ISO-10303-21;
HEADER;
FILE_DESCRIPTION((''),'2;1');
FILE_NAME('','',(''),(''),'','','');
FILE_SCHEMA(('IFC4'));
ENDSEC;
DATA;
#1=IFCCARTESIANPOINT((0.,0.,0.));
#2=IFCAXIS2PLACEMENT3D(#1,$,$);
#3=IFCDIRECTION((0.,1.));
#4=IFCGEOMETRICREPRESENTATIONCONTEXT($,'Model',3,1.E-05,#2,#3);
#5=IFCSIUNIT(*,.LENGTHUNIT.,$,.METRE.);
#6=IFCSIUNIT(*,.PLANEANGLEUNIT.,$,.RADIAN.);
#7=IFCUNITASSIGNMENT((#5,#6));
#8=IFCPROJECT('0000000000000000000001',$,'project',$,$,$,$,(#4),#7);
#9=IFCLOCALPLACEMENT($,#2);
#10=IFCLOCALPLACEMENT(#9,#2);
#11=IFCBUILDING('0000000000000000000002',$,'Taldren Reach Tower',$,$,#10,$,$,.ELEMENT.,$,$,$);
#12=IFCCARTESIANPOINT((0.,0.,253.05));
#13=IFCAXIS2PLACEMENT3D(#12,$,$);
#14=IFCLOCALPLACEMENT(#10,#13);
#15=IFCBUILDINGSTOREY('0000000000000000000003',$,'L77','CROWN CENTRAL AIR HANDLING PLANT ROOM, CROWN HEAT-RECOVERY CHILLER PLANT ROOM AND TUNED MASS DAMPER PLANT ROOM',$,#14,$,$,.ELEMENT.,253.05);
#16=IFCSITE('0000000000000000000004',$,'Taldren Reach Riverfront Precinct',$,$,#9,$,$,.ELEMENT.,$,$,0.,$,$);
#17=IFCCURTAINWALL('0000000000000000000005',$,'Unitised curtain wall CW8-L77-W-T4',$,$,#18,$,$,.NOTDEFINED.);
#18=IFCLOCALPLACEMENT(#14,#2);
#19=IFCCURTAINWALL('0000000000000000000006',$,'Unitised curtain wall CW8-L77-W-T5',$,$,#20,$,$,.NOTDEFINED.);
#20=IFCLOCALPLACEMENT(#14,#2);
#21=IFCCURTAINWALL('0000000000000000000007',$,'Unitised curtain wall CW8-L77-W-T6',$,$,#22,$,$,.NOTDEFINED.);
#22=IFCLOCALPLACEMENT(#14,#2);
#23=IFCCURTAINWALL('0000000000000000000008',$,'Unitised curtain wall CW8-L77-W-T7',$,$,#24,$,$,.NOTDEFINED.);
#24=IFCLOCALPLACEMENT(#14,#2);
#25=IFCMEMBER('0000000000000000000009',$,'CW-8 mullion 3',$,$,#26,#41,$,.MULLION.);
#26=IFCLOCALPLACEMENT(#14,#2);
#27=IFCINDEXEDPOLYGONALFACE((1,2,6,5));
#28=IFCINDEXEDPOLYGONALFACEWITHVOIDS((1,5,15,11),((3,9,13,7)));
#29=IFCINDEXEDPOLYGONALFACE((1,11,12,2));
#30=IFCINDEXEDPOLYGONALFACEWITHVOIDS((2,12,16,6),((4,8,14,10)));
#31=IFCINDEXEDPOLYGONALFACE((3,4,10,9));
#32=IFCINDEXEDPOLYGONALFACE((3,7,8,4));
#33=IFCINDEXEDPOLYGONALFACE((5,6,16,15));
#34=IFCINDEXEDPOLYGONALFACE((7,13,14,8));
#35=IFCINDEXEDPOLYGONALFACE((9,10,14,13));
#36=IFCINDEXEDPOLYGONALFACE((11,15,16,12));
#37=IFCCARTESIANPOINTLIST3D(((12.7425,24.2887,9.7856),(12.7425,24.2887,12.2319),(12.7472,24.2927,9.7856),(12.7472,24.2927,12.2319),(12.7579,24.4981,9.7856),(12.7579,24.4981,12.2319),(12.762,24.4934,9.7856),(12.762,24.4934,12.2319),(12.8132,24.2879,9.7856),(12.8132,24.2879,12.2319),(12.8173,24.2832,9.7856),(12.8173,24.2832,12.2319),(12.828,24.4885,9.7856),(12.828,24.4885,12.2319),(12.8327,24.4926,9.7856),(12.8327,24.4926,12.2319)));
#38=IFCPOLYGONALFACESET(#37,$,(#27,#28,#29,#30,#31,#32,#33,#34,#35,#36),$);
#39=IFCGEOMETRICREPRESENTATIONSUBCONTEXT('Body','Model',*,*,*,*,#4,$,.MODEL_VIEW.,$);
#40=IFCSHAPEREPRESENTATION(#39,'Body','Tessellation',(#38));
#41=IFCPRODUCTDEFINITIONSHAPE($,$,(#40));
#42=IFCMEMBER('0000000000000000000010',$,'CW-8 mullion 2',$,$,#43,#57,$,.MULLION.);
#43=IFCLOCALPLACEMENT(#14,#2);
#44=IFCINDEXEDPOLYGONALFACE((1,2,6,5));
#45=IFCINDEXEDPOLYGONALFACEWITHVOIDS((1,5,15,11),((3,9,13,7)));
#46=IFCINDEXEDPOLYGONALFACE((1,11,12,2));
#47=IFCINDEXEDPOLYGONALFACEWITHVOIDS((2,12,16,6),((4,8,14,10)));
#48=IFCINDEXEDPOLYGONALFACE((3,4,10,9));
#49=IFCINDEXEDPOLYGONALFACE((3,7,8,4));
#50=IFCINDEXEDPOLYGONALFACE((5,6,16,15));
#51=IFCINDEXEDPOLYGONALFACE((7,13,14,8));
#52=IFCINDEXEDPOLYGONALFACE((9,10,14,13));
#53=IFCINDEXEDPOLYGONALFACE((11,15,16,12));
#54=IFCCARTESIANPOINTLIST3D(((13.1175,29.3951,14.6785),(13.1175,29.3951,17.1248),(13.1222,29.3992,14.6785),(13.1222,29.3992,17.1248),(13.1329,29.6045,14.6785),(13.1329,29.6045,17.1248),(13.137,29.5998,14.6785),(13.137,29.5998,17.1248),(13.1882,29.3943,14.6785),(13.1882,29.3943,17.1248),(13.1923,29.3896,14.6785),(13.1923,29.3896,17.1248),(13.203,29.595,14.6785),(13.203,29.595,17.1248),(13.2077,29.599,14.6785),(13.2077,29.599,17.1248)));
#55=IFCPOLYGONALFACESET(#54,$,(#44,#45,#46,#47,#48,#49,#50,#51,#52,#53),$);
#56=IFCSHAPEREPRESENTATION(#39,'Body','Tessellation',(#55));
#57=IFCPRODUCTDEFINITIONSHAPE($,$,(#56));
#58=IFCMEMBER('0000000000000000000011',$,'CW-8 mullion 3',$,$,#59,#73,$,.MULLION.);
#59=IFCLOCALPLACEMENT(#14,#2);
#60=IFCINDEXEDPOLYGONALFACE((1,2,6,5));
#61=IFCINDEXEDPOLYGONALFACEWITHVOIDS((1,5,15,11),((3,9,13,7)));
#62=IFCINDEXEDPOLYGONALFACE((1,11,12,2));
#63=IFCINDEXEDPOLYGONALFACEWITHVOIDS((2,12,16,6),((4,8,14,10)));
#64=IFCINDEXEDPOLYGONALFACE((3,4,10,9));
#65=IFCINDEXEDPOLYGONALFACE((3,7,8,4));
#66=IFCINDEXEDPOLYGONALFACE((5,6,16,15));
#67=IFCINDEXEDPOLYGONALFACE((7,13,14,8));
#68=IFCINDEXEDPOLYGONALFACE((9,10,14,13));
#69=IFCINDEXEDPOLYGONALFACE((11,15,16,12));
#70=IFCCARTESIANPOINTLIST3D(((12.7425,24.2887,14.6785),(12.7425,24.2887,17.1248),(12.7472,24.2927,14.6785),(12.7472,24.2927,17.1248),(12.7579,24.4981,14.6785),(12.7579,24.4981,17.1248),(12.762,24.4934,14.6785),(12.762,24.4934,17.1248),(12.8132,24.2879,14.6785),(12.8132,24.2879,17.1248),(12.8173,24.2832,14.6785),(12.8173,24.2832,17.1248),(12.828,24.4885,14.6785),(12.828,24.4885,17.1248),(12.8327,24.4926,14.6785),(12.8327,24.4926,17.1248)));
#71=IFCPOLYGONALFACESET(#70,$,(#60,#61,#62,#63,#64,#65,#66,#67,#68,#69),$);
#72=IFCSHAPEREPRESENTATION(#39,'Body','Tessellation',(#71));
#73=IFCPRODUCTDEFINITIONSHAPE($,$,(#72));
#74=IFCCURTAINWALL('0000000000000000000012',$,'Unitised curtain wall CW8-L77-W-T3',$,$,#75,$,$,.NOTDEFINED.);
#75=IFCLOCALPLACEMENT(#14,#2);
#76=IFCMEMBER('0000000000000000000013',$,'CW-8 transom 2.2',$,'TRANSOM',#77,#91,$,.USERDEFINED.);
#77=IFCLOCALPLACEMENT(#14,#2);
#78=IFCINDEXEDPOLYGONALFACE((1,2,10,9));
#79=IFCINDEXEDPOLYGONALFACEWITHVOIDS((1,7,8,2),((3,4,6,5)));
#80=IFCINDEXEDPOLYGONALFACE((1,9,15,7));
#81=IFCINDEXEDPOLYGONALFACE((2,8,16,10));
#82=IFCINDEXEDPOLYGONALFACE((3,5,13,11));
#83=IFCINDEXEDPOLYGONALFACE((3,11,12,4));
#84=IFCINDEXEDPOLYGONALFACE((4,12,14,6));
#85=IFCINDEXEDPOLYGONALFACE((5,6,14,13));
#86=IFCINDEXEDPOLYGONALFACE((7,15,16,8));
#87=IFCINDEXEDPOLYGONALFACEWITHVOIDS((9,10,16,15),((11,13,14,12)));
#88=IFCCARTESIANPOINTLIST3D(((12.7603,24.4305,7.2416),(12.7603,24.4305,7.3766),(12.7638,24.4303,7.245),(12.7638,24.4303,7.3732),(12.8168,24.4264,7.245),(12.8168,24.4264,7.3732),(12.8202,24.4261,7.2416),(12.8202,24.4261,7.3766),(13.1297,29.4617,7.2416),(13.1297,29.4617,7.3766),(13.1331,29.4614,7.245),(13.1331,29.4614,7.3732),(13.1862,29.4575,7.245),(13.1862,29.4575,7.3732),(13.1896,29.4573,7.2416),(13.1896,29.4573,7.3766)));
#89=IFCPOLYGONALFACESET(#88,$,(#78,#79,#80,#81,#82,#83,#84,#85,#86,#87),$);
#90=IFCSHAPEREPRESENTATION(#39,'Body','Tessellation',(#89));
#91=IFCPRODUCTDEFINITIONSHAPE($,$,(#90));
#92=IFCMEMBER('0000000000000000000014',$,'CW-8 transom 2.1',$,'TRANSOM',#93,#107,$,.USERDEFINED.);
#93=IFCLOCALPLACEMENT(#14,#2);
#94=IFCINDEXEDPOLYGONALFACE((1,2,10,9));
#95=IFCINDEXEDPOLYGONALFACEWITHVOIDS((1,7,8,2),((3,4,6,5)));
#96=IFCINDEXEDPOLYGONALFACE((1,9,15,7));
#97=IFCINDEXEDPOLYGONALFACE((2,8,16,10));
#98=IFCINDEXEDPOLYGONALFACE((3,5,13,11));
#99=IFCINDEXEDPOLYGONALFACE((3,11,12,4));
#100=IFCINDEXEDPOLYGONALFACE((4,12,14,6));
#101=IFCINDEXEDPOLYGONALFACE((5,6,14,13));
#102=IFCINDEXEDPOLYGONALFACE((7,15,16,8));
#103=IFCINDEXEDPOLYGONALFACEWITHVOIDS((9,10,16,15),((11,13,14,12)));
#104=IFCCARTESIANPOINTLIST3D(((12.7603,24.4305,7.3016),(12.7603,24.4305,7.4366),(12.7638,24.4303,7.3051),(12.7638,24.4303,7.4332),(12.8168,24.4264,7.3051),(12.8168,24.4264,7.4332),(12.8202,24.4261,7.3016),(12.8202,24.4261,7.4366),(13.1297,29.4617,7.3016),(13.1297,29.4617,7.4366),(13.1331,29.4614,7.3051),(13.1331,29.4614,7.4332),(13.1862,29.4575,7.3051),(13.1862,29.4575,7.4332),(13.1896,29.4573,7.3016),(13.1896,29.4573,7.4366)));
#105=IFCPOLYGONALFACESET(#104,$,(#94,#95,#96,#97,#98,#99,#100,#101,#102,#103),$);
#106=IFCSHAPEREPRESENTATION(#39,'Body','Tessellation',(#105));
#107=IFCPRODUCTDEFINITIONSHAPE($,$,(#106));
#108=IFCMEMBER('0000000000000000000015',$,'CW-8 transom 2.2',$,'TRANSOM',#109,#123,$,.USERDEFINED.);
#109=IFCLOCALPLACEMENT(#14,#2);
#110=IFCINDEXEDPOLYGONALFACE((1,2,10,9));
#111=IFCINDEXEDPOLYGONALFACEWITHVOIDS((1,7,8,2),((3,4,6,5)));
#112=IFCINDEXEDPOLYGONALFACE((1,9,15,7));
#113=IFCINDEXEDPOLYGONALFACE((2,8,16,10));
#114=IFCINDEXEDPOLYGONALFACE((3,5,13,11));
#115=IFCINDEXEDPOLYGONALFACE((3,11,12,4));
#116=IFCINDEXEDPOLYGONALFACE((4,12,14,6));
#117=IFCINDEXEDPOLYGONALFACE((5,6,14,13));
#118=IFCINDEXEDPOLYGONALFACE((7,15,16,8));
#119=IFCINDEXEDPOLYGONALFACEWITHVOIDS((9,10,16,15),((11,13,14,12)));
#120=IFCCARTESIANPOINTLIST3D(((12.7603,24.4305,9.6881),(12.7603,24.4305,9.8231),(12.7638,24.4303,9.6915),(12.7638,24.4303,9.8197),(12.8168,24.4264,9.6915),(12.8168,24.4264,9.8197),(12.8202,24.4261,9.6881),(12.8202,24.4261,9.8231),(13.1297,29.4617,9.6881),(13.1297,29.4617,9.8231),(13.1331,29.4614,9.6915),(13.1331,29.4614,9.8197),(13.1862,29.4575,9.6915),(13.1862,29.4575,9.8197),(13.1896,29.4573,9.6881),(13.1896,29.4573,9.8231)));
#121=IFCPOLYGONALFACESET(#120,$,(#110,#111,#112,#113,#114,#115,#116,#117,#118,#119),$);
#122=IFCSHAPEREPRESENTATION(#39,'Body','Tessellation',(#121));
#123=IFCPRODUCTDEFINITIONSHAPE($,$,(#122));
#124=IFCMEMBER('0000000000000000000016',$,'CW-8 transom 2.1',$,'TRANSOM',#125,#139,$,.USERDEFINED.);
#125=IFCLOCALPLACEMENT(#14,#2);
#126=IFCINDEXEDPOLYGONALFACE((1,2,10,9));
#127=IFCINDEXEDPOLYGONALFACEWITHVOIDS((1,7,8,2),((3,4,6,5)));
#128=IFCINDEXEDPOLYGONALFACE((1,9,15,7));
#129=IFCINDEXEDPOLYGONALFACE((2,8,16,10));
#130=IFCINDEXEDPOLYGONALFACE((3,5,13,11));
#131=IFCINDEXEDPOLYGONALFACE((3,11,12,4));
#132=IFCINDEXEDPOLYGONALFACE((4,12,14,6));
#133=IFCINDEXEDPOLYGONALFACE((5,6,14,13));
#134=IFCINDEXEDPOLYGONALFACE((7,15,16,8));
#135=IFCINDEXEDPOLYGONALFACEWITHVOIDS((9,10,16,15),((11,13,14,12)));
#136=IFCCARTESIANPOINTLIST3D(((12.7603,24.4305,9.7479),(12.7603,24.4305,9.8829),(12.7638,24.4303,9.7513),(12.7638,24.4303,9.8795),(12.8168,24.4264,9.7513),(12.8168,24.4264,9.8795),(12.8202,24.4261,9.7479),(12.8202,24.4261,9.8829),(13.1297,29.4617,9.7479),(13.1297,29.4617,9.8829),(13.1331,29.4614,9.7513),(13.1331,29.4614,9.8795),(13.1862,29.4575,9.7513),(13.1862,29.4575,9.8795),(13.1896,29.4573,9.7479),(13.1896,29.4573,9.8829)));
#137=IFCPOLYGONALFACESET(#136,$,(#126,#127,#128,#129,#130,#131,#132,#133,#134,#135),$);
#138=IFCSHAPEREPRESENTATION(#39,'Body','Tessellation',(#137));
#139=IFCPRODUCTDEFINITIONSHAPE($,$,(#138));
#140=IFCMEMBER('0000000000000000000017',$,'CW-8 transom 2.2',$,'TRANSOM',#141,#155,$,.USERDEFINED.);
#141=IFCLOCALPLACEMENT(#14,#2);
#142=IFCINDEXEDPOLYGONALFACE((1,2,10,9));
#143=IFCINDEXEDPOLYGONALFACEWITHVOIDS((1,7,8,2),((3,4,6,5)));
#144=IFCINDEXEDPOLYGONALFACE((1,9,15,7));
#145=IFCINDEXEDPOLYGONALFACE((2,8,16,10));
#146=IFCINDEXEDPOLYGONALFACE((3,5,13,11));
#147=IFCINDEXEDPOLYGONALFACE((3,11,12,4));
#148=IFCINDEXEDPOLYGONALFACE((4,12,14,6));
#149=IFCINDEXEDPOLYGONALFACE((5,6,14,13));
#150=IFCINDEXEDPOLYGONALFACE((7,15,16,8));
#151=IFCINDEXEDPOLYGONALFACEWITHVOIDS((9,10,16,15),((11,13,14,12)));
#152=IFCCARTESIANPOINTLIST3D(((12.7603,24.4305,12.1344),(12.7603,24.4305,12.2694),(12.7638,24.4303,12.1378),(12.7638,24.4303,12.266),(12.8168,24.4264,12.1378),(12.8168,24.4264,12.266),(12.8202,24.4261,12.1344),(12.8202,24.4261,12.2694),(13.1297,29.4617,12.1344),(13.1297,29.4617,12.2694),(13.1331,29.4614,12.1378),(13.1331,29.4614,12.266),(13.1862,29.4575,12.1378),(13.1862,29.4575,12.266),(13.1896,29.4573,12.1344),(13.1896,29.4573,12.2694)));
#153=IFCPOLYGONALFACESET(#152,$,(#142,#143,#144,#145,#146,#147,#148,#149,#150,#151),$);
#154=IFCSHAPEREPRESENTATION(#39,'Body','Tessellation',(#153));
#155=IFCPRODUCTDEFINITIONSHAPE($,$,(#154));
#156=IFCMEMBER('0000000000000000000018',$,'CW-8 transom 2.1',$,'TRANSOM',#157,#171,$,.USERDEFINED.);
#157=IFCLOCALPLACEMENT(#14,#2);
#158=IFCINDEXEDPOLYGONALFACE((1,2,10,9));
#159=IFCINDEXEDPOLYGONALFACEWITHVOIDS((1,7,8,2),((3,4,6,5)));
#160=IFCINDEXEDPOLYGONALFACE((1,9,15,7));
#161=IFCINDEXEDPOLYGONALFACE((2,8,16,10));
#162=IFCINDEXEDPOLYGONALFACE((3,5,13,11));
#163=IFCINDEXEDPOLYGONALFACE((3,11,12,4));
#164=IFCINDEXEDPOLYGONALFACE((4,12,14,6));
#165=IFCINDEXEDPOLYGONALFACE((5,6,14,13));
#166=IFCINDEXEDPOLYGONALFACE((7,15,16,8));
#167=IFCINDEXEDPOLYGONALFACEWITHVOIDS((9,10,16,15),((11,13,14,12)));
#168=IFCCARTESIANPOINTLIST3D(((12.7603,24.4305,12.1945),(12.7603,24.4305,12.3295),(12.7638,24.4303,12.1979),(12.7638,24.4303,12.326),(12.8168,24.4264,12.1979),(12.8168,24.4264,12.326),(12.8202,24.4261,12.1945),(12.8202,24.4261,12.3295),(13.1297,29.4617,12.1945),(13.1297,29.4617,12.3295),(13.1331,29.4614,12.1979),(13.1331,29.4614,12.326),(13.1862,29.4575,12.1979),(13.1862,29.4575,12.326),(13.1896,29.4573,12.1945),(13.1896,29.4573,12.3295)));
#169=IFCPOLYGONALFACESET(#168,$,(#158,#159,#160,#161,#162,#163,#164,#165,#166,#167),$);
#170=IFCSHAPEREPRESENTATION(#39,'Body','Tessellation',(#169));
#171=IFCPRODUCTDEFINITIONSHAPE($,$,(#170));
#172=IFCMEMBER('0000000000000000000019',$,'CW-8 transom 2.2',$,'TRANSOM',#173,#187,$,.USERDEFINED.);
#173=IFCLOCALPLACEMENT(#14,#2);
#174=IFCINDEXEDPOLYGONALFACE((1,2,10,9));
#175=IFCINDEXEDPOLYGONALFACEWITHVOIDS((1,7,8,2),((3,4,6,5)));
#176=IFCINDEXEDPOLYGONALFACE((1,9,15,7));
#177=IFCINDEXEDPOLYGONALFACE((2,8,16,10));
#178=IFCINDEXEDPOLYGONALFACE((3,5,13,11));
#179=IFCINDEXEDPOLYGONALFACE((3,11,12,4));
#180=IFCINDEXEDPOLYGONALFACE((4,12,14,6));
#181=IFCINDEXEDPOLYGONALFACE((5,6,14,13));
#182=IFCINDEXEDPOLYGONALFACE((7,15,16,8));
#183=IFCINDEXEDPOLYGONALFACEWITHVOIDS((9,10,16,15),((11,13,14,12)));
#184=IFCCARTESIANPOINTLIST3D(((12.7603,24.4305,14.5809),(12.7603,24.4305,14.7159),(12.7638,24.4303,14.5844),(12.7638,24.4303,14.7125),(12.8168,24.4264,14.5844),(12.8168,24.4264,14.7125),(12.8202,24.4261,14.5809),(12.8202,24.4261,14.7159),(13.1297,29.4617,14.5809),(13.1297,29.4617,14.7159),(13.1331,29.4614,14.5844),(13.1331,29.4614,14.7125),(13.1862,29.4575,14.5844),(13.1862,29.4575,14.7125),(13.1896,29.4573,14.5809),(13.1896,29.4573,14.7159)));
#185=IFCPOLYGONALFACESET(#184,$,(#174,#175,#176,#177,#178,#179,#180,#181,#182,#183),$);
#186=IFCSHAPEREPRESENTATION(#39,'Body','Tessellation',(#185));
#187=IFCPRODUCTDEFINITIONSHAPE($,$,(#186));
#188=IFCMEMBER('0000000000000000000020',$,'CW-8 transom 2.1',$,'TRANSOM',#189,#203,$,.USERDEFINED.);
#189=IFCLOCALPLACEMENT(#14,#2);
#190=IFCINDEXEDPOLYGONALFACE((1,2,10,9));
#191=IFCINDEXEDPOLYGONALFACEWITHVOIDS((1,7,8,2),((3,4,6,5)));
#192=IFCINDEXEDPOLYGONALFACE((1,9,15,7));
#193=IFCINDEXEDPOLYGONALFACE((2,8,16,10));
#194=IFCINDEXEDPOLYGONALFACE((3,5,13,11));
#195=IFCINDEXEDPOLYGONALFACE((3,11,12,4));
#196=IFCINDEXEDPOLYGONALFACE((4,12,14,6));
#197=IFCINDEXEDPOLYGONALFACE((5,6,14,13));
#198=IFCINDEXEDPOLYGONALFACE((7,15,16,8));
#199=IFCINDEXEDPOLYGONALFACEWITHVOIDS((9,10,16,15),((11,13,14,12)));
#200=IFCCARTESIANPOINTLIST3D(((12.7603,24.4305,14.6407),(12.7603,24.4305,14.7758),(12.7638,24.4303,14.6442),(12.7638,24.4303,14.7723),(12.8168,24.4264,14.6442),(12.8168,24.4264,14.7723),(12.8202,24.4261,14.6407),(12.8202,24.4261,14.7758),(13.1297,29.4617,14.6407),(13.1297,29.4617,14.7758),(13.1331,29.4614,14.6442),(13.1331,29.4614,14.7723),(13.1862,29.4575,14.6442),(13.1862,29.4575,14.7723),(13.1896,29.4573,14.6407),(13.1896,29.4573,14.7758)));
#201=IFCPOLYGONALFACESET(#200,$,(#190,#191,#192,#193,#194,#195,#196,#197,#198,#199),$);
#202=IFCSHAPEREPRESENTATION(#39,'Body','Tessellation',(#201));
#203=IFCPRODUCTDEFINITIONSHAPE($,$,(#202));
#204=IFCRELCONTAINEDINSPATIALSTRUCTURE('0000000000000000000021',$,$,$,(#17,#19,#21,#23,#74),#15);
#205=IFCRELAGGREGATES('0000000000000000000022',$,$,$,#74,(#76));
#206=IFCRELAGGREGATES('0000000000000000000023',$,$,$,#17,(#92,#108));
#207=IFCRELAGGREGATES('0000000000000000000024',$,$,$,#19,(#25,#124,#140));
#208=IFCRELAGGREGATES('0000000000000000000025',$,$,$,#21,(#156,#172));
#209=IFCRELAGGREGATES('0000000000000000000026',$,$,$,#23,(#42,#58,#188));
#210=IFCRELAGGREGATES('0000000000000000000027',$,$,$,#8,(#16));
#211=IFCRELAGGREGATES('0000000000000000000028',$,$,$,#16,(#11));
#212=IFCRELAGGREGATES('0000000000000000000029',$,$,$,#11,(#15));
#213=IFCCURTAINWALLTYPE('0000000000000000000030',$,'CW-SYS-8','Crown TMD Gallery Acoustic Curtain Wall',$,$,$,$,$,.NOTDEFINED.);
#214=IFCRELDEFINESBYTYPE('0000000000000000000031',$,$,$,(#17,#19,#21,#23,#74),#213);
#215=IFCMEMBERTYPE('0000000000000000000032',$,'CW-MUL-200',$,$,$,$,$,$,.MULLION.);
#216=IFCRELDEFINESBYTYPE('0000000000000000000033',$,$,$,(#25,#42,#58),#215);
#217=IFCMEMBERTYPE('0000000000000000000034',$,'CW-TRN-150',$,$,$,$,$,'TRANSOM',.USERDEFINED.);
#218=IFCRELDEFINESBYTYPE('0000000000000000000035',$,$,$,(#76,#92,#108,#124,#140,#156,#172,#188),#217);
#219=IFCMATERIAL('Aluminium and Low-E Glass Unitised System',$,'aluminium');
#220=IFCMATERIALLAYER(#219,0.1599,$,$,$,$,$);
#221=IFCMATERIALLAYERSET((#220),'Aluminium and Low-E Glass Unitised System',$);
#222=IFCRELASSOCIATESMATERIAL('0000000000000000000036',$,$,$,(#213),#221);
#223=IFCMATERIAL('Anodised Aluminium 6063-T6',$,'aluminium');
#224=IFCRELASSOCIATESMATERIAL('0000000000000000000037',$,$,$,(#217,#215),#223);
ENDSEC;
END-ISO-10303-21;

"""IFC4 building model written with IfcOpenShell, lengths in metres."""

from ifc_helpers import new_model, si_unit, direction, frame, origin, origin_2d, place, context, subcontext, project, spatial, hollow_rectangle, extrude, source, transform, mapped, material, layer, layer_set, material_profile, profile_set, type_object, element, aggregate, save


model = new_model("IFC4")

# Units and contexts
model_context = context("Model", 3, precision=1e-05, world=origin(), true_north=direction((0.0, 1.0)))
body_context = subcontext(model_context, "Body", "Model", "MODEL_VIEW")
ifc_project = project(units=[si_unit("LENGTHUNIT", "METRE"), si_unit("PLANEANGLEUNIT", "RADIAN")], contexts=[model_context])

# Site, building, storey
site_placement = place(None, origin())
site = spatial("IfcSite", under=ifc_project, at=site_placement, Name="Taldren Reach Riverfront Precinct", CompositionType="ELEMENT", RefElevation=0.0)
building_placement = place(site_placement, origin())
building = spatial("IfcBuilding", under=site, at=building_placement, Name="Taldren Reach Tower", CompositionType="ELEMENT")
storey_placement = place(building_placement, frame((0.0, 0.0, 253.05)))
storey = spatial("IfcBuildingStorey", under=building, at=storey_placement, Name="L77", Description="CROWN CENTRAL AIR HANDLING PLANT ROOM, CROWN HEAT-RECOVERY CHILLER PLANT ROOM AND TUNED MASS DAMPER PLANT ROOM", CompositionType="ELEMENT", Elevation=253.05)

# Curtain walls
ifc_material_1 = material(Name="Aluminium and Low-E Glass Unitised System", Category="aluminium")
ifc_layer_1 = layer(ifc_material_1, 0.1599)
ifc_layer_set_1 = layer_set([ifc_layer_1], Name="Aluminium and Low-E Glass Unitised System")
curtain_wall_type = type_object("IfcCurtainWallType", Name="CW-SYS-8", Description="Crown TMD Gallery Acoustic Curtain Wall", PredefinedType="NOTDEFINED", material=ifc_layer_set_1)
curtain_wall_1_placement = place(storey_placement, origin())
curtain_wall_1 = element("IfcCurtainWall", 1, at=curtain_wall_1_placement, inside=storey, type_object=curtain_wall_type, Name="Unitised curtain wall CW8-L77-W-T4", PredefinedType="NOTDEFINED")
ifc_material_2 = material(Name="Anodised Aluminium 6063-T6", Category="aluminium")
ifc_material_profile_1 = material_profile(ifc_material_2, hollow_rectangle(XDim=0.0601, YDim=0.135, WallThickness=0.0034, at=origin_2d()), Name="ALU-135x60x3.5RHS")
ifc_profile_set_1 = profile_set([ifc_material_profile_1], Name="Anodised Aluminium 6063-T6")
member_type_1 = type_object("IfcMemberType", Name="CW-TRN-150", ElementType="TRANSOM", PredefinedType="USERDEFINED", material=ifc_profile_set_1)
curtain_wall_2_placement = place(storey_placement, origin())
curtain_wall_2 = element("IfcCurtainWall", 2, at=curtain_wall_2_placement, inside=storey, type_object=curtain_wall_type, Name="Unitised curtain wall CW8-L77-W-T5", PredefinedType="NOTDEFINED")
curtain_wall_3_placement = place(storey_placement, origin())
curtain_wall_3 = element("IfcCurtainWall", 3, at=curtain_wall_3_placement, inside=storey, type_object=curtain_wall_type, Name="Unitised curtain wall CW8-L77-W-T6", PredefinedType="NOTDEFINED")
curtain_wall_4_placement = place(storey_placement, origin())
curtain_wall_4 = element("IfcCurtainWall", 4, at=curtain_wall_4_placement, inside=storey, type_object=curtain_wall_type, Name="Unitised curtain wall CW8-L77-W-T7", PredefinedType="NOTDEFINED")

# Members
ifc_material_profile_2 = material_profile(ifc_material_2, hollow_rectangle(XDim=0.075, YDim=0.21, WallThickness=0.0044, at=origin_2d()), Name="ALU-210x75x4.5RHS")
ifc_profile_set_2 = profile_set([ifc_material_profile_2], Name="Anodised Aluminium 6063-T6")
member_type_2 = type_object("IfcMemberType", Name="CW-MUL-200", PredefinedType="MULLION", material=ifc_profile_set_2)
shared_shape_1 = source(origin(), body_context, "Body", "SweptSolid", [
    extrude(hollow_rectangle(XDim=0.075, YDim=0.21, WallThickness=0.0044, at=origin_2d()), origin(), (0.0, 0.0, 1.0), 2.4463),
])
member_1_placement = place(storey_placement, frame((12.7876, 24.3906, 9.7856), z_axis=(0.0, 0.0, 1.0), x_axis=(0.997314, -0.073238, 0.0)))
member_1 = element("IfcMember", 5, at=member_1_placement, type_object=member_type_2, Name="CW-8 mullion 3", PredefinedType="MULLION", context=body_context, shape_type="MappedRepresentation", body=[
    mapped(shared_shape_1, transform((0.0, 0.0, 0.0), scale=1.0)),
])
member_2_placement = place(storey_placement, frame((13.1626, 29.4971, 14.6785), z_axis=(0.0, 0.0, 1.0), x_axis=(0.997314, -0.073238, 0.0)))
member_2 = element("IfcMember", 6, at=member_2_placement, type_object=member_type_2, Name="CW-8 mullion 2", PredefinedType="MULLION", context=body_context, shape_type="MappedRepresentation", body=[
    mapped(shared_shape_1, transform((0.0, 0.0, 0.0), scale=1.0)),
])
member_3_placement = place(storey_placement, frame((12.7876, 24.3906, 14.6785), z_axis=(0.0, 0.0, 1.0), x_axis=(0.997314, -0.073238, 0.0)))
member_3 = element("IfcMember", 7, at=member_3_placement, type_object=member_type_2, Name="CW-8 mullion 3", PredefinedType="MULLION", context=body_context, shape_type="MappedRepresentation", body=[
    mapped(shared_shape_1, transform((0.0, 0.0, 0.0), scale=1.0)),
])

# Curtain wall, member
curtain_wall_5_placement = place(storey_placement, origin())
curtain_wall_5 = element("IfcCurtainWall", 8, at=curtain_wall_5_placement, inside=storey, type_object=curtain_wall_type, Name="Unitised curtain wall CW8-L77-W-T3", PredefinedType="NOTDEFINED")
shared_shape_2 = source(origin(), body_context, "Body", "SweptSolid", [
    extrude(hollow_rectangle(XDim=0.0601, YDim=0.135, WallThickness=0.0034, at=origin_2d()), origin(), (0.0, 0.0, 1.0), 5.0447),
])
member_4_placement = place(storey_placement, frame((13.1597, 29.4595, 7.3091), z_axis=(-0.073221, -0.997316, 0.0), x_axis=(0.997316, -0.073221, 0.0)))
member_4 = element("IfcMember", 9, at=member_4_placement, type_object=member_type_1, Name="CW-8 transom 2.2", ObjectType="TRANSOM", PredefinedType="USERDEFINED", context=body_context, shape_type="MappedRepresentation", body=[
    mapped(shared_shape_2, transform((0.0, 0.0, 0.0), scale=1.0)),
])
aggregate(curtain_wall_5, [member_4])

# Members
member_5_placement = place(storey_placement, frame((13.1597, 29.4595, 7.3691), z_axis=(-0.073221, -0.997316, 0.0), x_axis=(0.997316, -0.073221, 0.0)))
member_5 = element("IfcMember", 10, at=member_5_placement, type_object=member_type_1, Name="CW-8 transom 2.1", ObjectType="TRANSOM", PredefinedType="USERDEFINED", context=body_context, shape_type="MappedRepresentation", body=[
    mapped(shared_shape_2, transform((0.0, 0.0, 0.0), scale=1.0)),
])
member_6_placement = place(storey_placement, frame((13.1597, 29.4595, 9.7556), z_axis=(-0.073221, -0.997316, 0.0), x_axis=(0.997316, -0.073221, 0.0)))
member_6 = element("IfcMember", 11, at=member_6_placement, type_object=member_type_1, Name="CW-8 transom 2.2", ObjectType="TRANSOM", PredefinedType="USERDEFINED", context=body_context, shape_type="MappedRepresentation", body=[
    mapped(shared_shape_2, transform((0.0, 0.0, 0.0), scale=1.0)),
])
member_7_placement = place(storey_placement, frame((13.1597, 29.4595, 9.8154), z_axis=(-0.073221, -0.997316, 0.0), x_axis=(0.997316, -0.073221, 0.0)))
member_7 = element("IfcMember", 12, at=member_7_placement, type_object=member_type_1, Name="CW-8 transom 2.1", ObjectType="TRANSOM", PredefinedType="USERDEFINED", context=body_context, shape_type="MappedRepresentation", body=[
    mapped(shared_shape_2, transform((0.0, 0.0, 0.0), scale=1.0)),
])
member_8_placement = place(storey_placement, frame((13.1597, 29.4595, 12.2019), z_axis=(-0.073221, -0.997316, 0.0), x_axis=(0.997316, -0.073221, 0.0)))
member_8 = element("IfcMember", 13, at=member_8_placement, type_object=member_type_1, Name="CW-8 transom 2.2", ObjectType="TRANSOM", PredefinedType="USERDEFINED", context=body_context, shape_type="MappedRepresentation", body=[
    mapped(shared_shape_2, transform((0.0, 0.0, 0.0), scale=1.0)),
])
member_9_placement = place(storey_placement, frame((13.1597, 29.4595, 12.262), z_axis=(-0.073221, -0.997316, 0.0), x_axis=(0.997316, -0.073221, 0.0)))
member_9 = element("IfcMember", 14, at=member_9_placement, type_object=member_type_1, Name="CW-8 transom 2.1", ObjectType="TRANSOM", PredefinedType="USERDEFINED", context=body_context, shape_type="MappedRepresentation", body=[
    mapped(shared_shape_2, transform((0.0, 0.0, 0.0), scale=1.0)),
])
member_10_placement = place(storey_placement, frame((13.1597, 29.4595, 14.6484), z_axis=(-0.073221, -0.997316, 0.0), x_axis=(0.997316, -0.073221, 0.0)))
member_10 = element("IfcMember", 15, at=member_10_placement, type_object=member_type_1, Name="CW-8 transom 2.2", ObjectType="TRANSOM", PredefinedType="USERDEFINED", context=body_context, shape_type="MappedRepresentation", body=[
    mapped(shared_shape_2, transform((0.0, 0.0, 0.0), scale=1.0)),
])
member_11_placement = place(storey_placement, frame((13.1597, 29.4595, 14.7083), z_axis=(-0.073221, -0.997316, 0.0), x_axis=(0.997316, -0.073221, 0.0)))
member_11 = element("IfcMember", 16, at=member_11_placement, type_object=member_type_1, Name="CW-8 transom 2.1", ObjectType="TRANSOM", PredefinedType="USERDEFINED", context=body_context, shape_type="MappedRepresentation", body=[
    mapped(shared_shape_2, transform((0.0, 0.0, 0.0), scale=1.0)),
])

aggregate(curtain_wall_1, [member_5, member_6])
aggregate(curtain_wall_2, [member_1, member_7, member_8])
aggregate(curtain_wall_3, [member_9, member_10])
aggregate(curtain_wall_4, [member_2, member_3, member_11])

save(model, "model.ifc")
